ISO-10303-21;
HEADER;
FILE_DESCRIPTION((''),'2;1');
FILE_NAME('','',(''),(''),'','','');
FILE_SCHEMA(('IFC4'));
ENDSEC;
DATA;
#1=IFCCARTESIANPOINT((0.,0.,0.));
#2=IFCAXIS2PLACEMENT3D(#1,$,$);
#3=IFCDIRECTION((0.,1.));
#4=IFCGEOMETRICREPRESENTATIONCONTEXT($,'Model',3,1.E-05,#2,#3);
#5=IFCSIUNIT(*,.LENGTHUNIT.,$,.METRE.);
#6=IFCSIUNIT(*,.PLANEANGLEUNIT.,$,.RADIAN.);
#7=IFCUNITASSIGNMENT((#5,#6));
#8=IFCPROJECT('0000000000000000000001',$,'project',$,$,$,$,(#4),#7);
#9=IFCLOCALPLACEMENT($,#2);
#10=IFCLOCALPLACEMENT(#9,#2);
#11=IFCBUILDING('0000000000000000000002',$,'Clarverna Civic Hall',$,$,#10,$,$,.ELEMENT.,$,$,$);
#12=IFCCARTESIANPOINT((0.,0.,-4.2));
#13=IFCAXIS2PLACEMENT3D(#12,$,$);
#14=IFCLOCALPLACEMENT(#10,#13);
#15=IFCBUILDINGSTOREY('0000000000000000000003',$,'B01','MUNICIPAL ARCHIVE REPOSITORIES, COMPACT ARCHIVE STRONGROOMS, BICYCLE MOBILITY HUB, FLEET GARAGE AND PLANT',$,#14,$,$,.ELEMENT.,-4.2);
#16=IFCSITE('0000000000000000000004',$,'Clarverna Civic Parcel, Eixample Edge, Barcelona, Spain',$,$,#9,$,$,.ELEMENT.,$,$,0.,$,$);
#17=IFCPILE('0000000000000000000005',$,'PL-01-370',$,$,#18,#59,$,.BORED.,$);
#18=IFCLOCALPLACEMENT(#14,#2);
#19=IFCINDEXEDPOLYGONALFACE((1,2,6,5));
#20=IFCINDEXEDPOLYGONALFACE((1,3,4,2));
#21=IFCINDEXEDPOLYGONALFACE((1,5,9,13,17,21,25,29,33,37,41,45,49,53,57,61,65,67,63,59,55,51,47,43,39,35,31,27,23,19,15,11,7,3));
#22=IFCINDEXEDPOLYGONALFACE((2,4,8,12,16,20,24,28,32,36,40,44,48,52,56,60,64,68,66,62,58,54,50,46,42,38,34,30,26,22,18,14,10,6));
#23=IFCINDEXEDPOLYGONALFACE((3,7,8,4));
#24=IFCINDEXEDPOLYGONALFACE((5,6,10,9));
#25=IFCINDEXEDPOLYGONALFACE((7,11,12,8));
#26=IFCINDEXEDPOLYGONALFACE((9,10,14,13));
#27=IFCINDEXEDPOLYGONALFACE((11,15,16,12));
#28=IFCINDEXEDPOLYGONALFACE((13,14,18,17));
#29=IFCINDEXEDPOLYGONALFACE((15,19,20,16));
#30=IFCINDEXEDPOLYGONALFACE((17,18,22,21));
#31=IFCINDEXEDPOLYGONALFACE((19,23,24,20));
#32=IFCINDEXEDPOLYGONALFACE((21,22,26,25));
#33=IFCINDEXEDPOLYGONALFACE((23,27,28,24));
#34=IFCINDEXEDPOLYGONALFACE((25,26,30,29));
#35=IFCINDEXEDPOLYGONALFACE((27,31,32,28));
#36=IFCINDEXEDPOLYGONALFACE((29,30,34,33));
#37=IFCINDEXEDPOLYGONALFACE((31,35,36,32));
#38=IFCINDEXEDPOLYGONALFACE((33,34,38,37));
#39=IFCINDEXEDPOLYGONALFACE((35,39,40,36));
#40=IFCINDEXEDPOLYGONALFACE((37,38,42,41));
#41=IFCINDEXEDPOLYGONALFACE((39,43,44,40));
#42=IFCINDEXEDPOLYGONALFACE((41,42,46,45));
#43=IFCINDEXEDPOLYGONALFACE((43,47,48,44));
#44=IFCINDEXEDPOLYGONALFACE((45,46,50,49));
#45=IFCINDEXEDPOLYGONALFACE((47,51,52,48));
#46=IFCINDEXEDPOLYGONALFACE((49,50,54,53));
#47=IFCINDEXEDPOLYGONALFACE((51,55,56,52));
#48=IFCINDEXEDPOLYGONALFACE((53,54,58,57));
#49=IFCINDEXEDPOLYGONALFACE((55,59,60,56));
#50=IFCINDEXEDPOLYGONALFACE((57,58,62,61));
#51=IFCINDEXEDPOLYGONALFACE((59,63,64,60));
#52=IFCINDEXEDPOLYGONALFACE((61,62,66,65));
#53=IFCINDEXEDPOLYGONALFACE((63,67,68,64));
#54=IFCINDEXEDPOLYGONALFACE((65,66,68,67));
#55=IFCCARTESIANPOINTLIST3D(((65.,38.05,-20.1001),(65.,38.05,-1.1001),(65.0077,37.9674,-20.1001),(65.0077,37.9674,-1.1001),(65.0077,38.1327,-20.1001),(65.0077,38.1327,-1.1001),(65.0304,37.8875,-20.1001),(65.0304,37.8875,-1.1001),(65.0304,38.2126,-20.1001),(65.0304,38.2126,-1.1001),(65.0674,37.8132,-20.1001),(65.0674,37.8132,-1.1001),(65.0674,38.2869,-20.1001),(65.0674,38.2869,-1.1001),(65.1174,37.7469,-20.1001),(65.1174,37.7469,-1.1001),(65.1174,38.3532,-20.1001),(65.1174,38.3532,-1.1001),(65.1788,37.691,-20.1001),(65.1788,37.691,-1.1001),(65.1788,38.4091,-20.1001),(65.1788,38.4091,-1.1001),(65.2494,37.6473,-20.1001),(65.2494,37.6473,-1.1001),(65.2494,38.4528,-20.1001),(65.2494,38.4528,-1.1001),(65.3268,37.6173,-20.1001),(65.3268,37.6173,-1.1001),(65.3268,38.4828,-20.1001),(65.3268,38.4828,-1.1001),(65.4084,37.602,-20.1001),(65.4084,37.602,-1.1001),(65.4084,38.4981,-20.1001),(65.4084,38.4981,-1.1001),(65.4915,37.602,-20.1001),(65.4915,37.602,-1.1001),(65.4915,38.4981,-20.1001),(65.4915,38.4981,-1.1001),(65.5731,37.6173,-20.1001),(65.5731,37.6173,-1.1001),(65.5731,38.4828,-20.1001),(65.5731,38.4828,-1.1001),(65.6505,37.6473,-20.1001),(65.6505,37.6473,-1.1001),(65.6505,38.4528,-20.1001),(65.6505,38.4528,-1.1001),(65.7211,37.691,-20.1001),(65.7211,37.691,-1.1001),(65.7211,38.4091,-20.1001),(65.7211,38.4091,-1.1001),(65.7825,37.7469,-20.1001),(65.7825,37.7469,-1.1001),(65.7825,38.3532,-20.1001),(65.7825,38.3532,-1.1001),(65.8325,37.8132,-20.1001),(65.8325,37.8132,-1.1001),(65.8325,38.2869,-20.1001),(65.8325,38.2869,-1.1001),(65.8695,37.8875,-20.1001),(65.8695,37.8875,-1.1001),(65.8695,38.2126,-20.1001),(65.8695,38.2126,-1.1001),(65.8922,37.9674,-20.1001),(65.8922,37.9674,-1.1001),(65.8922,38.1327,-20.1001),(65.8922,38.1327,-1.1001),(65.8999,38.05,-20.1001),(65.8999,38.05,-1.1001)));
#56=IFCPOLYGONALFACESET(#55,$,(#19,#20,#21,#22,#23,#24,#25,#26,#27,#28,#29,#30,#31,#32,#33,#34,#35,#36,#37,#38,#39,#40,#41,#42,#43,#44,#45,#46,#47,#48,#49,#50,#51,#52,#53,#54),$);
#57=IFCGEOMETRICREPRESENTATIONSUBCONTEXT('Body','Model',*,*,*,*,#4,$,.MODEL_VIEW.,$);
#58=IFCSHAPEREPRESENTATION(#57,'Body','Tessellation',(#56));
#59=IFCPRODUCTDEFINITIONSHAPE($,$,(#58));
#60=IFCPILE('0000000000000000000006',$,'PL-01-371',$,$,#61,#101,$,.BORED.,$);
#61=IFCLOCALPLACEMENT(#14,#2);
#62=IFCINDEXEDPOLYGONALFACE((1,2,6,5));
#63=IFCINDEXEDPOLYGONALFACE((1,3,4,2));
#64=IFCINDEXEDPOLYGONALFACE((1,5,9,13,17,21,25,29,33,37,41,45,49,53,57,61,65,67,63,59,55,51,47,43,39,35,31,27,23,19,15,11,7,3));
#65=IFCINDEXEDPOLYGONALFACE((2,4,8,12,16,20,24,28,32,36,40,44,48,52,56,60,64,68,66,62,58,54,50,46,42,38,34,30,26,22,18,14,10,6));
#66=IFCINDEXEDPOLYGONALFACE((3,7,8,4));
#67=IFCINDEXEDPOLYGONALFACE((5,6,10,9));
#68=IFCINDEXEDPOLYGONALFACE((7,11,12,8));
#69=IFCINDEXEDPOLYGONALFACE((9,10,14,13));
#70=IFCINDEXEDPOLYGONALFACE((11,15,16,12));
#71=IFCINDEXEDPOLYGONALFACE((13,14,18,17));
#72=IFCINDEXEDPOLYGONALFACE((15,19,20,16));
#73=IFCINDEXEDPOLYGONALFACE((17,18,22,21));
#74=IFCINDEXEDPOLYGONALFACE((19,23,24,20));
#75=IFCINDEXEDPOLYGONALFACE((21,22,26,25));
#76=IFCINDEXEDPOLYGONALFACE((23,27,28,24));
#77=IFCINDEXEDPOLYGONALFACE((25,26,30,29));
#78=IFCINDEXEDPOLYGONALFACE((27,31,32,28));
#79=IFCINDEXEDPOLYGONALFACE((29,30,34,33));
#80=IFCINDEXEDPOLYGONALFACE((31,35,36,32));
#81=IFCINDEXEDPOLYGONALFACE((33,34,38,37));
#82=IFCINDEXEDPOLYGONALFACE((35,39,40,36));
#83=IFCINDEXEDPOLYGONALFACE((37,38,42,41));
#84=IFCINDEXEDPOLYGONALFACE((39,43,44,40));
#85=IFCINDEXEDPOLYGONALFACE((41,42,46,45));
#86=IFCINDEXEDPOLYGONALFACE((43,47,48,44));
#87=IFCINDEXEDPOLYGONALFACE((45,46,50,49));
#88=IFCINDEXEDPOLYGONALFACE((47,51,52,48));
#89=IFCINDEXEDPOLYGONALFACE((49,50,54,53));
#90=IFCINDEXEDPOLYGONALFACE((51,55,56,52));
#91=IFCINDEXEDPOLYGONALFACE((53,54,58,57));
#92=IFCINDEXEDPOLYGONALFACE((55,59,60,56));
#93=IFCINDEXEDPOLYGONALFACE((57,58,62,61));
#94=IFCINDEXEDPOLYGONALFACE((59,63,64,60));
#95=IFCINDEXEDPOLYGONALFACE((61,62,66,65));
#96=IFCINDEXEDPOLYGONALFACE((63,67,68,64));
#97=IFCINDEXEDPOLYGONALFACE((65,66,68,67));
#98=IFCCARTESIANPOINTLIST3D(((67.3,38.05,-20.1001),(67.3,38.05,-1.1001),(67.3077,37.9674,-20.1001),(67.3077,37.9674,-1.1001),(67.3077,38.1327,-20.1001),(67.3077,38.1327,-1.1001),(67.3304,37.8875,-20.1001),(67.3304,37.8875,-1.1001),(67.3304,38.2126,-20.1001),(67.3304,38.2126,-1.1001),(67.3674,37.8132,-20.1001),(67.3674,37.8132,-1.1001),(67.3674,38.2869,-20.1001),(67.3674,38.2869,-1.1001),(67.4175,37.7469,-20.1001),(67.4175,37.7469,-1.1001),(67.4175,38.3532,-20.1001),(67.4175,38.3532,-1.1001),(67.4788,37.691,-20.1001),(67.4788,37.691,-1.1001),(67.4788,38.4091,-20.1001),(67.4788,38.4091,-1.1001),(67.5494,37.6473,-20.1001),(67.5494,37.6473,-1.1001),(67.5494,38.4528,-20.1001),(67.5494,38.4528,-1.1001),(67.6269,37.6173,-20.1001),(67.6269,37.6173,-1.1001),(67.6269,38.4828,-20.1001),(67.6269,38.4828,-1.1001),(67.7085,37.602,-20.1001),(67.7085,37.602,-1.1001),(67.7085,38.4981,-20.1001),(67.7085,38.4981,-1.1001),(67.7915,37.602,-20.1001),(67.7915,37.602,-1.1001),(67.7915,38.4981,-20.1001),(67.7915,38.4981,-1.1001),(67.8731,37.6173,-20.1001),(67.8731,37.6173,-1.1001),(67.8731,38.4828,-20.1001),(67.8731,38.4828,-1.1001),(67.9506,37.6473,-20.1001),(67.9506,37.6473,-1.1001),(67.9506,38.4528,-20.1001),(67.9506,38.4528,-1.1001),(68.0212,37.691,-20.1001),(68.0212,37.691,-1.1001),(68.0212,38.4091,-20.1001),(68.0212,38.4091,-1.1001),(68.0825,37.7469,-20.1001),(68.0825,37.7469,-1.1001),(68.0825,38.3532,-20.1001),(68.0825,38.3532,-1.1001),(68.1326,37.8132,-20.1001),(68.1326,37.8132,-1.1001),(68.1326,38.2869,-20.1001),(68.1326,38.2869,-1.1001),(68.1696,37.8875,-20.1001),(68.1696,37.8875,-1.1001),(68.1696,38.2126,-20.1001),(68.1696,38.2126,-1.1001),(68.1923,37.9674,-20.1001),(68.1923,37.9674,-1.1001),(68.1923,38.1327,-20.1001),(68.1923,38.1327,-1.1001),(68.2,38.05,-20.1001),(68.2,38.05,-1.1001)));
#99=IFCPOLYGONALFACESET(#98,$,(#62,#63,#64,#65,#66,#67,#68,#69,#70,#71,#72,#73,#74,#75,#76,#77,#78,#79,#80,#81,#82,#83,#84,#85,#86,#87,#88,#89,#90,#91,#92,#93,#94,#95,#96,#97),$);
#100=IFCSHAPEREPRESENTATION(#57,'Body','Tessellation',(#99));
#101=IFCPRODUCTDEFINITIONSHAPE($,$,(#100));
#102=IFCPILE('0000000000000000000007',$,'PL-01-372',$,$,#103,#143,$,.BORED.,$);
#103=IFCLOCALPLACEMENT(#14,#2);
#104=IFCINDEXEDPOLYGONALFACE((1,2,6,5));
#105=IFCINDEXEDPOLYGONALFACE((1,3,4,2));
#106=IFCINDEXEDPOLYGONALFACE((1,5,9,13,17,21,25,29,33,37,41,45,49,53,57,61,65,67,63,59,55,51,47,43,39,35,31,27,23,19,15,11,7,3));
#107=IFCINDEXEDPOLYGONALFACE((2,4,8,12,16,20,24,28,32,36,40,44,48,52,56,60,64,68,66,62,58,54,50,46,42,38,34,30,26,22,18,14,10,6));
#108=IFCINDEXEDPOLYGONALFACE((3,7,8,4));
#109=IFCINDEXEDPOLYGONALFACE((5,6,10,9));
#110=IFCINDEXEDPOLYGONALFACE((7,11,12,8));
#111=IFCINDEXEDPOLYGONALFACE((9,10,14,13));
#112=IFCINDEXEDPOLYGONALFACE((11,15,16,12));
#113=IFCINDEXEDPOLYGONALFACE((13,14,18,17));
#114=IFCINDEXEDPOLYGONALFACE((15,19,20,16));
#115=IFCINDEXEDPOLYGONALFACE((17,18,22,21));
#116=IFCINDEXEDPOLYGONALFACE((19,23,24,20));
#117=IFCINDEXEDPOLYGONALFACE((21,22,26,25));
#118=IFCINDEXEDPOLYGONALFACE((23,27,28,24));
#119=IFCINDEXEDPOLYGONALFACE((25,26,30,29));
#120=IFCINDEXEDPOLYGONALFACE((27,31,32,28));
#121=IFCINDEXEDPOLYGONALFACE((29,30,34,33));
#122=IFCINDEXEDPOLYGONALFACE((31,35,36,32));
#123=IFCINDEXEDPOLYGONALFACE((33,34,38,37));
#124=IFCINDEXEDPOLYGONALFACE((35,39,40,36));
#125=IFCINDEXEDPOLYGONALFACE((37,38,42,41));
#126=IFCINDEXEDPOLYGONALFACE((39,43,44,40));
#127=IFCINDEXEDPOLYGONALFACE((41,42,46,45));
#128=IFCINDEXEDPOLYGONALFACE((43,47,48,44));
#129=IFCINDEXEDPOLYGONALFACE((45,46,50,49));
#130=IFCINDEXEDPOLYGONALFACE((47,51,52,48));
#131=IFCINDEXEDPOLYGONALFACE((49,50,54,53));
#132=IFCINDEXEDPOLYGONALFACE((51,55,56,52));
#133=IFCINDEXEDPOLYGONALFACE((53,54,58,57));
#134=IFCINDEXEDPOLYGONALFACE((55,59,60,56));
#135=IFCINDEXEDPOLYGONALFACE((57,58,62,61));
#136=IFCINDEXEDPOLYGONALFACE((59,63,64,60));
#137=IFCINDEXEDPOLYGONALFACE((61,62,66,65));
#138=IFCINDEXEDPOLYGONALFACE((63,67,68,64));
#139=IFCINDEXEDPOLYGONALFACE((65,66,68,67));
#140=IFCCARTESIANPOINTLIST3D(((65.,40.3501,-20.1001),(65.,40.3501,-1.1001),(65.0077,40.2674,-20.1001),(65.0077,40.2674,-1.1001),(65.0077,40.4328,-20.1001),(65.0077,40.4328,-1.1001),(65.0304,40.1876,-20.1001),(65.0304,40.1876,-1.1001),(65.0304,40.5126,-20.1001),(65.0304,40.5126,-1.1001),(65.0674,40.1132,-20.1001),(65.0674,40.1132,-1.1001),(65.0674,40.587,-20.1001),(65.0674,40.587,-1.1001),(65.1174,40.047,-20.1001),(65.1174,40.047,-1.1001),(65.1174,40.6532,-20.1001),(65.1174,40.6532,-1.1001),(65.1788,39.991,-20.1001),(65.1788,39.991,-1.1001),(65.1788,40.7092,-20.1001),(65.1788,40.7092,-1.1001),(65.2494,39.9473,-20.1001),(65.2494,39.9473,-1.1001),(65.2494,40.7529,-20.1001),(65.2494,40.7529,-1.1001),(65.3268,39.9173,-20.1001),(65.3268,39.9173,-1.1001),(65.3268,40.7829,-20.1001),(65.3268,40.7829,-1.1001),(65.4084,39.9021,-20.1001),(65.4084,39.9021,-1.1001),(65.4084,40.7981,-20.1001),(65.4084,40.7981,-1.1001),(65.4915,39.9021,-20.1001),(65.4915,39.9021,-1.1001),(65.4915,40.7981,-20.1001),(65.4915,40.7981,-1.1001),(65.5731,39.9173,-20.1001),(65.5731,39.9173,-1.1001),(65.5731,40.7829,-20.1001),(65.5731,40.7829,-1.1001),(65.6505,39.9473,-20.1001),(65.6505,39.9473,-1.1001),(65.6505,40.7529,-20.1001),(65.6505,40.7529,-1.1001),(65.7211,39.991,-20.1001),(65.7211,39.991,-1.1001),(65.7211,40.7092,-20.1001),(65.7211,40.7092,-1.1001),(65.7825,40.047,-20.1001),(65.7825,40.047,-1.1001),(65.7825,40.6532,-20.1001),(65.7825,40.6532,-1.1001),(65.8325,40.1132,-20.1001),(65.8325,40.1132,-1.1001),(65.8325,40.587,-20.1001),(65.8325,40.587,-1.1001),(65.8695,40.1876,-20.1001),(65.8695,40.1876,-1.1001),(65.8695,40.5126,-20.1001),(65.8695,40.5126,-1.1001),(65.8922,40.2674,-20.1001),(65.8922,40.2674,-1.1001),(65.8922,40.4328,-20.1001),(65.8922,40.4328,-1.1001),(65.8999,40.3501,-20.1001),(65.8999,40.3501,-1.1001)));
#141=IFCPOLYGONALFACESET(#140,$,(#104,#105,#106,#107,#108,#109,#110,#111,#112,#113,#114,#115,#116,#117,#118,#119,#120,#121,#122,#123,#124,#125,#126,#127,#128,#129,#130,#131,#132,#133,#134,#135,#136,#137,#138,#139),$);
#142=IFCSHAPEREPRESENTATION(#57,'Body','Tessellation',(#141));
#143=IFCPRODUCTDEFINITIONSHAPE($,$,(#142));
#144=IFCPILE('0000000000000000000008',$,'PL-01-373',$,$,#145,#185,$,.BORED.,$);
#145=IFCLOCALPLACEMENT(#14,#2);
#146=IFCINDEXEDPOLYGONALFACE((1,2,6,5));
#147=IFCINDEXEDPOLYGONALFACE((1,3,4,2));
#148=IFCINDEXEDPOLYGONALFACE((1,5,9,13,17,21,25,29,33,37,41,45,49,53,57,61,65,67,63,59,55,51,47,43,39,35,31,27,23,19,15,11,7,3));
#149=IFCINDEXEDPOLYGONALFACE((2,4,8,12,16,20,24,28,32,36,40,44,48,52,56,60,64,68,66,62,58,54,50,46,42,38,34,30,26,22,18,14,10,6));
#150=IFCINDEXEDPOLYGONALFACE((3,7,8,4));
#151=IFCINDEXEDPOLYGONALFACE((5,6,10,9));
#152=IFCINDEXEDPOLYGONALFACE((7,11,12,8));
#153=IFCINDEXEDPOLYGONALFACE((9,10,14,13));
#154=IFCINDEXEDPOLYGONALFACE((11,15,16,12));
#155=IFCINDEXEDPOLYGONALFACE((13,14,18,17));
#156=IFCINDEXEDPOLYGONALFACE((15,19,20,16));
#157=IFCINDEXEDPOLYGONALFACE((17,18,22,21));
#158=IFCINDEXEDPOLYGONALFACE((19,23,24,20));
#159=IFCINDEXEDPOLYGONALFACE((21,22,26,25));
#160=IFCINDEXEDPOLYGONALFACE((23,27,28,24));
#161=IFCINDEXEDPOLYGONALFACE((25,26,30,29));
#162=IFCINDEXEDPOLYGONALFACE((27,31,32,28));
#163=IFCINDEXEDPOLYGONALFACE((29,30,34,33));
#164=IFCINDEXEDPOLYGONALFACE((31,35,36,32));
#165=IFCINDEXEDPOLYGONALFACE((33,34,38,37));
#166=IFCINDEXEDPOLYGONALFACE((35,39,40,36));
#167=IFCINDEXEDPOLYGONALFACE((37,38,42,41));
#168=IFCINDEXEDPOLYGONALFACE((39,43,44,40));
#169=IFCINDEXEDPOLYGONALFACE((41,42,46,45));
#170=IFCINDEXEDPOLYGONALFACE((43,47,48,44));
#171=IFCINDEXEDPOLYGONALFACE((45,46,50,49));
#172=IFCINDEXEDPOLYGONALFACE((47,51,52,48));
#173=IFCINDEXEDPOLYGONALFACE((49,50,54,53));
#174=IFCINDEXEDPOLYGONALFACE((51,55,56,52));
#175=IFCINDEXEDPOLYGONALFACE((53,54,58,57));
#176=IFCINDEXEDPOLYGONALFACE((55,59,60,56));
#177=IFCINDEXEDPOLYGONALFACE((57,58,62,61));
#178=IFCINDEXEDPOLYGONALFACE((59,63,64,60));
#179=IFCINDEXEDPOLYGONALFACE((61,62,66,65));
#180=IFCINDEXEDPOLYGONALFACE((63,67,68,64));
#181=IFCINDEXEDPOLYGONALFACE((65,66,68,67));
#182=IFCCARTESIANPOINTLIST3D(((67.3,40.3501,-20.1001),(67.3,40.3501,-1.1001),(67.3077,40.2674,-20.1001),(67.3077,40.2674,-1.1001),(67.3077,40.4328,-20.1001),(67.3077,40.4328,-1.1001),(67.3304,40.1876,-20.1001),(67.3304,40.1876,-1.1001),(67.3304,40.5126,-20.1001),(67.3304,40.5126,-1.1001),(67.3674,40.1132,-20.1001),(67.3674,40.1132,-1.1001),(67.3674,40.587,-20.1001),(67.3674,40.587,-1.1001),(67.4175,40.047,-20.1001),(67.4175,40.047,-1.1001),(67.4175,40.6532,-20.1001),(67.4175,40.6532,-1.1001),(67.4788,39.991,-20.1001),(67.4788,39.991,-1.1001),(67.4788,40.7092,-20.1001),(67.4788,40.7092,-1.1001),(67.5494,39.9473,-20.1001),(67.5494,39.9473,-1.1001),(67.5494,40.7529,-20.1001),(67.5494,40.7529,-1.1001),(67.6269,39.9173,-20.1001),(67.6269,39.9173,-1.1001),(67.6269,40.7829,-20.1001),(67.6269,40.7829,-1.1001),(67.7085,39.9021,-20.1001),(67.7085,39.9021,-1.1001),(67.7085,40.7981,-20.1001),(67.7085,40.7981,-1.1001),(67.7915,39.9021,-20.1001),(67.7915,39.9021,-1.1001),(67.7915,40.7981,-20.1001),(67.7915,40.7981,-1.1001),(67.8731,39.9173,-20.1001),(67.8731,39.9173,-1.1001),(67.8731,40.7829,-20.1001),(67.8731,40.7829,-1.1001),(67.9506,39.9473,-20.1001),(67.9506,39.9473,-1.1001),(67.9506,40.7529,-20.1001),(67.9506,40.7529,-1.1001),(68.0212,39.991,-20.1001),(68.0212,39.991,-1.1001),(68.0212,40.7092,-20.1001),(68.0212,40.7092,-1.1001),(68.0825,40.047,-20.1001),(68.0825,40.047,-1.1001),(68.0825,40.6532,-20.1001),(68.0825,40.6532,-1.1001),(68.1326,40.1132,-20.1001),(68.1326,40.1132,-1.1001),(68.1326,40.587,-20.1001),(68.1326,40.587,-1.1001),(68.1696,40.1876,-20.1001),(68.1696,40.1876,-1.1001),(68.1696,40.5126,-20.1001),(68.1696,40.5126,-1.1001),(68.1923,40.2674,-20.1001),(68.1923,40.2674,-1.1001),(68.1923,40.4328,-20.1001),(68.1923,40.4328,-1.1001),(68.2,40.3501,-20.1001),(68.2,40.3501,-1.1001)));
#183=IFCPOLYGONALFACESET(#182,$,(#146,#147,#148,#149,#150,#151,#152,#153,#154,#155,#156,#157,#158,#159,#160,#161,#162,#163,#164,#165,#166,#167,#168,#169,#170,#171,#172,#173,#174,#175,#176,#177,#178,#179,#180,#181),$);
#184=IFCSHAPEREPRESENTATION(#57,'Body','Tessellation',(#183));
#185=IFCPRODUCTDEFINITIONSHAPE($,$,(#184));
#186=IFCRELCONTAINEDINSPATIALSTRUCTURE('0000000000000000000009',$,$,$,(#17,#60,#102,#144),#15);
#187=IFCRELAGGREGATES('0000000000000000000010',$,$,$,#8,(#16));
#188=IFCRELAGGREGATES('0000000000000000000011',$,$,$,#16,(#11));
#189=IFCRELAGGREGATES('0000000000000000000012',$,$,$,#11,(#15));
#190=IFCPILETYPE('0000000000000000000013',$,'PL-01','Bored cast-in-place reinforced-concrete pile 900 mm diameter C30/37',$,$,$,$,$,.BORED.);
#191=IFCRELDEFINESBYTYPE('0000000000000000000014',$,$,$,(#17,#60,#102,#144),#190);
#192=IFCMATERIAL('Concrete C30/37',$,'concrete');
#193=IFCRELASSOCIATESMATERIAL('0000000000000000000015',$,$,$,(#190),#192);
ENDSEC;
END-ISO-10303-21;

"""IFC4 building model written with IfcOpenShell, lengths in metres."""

from ifc_helpers import new_model, si_unit, direction, frame, origin, origin_2d, place, context, subcontext, project, spatial, circle, extrude, material, material_profile, profile_set, type_object, element, save


model = new_model("IFC4")

# Units and contexts
model_context = context("Model", 3, precision=1e-05, world=origin(), true_north=direction((0.0, 1.0)))
body_context = subcontext(model_context, "Body", "Model", "MODEL_VIEW")
ifc_project = project(units=[si_unit("LENGTHUNIT", "METRE"), si_unit("PLANEANGLEUNIT", "RADIAN")], contexts=[model_context])

# Site, building, storey
site_placement = place(None, origin())
site = spatial("IfcSite", under=ifc_project, at=site_placement, Name="Clarverna Civic Parcel, Eixample Edge, Barcelona, Spain", CompositionType="ELEMENT", RefElevation=0.0)
building_placement = place(site_placement, origin())
building = spatial("IfcBuilding", under=site, at=building_placement, Name="Clarverna Civic Hall", CompositionType="ELEMENT")
storey_placement = place(building_placement, frame((0.0, 0.0, -4.2)))
storey = spatial("IfcBuildingStorey", under=building, at=storey_placement, Name="B01", Description="MUNICIPAL ARCHIVE REPOSITORIES, COMPACT ARCHIVE STRONGROOMS, BICYCLE MOBILITY HUB, FLEET GARAGE AND PLANT", CompositionType="ELEMENT", Elevation=-4.2)

# Shared definitions
ifc_material_1 = material(Name="Concrete C30/37", Category="concrete")

# Piles
ifc_material_profile_1 = material_profile(ifc_material_1, circle(Radius=0.45, at=origin_2d()), Name="BORED PILE D900")
ifc_profile_set_1 = profile_set([ifc_material_profile_1], Name="Concrete C30/37")
pile_type_1 = type_object("IfcPileType", Name="PL-01", Description="Bored cast-in-place reinforced-concrete pile 900 mm diameter C30/37", PredefinedType="BORED", material=ifc_profile_set_1)
for number, where, z_axis, x_axis, name in (
    (1, (65.45, 38.05, -1.1001), (0.0, 0.0, -1.0), (1.0, 0.0, 0.0), "PL-01-370"),
    (2, (67.75, 38.05, -1.1001), (0.0, 0.0, -1.0), (1.0, 0.0, 0.0), "PL-01-371"),
    (3, (65.45, 40.3501, -1.1001), (0.0, 0.0, -1.0), (1.0, 0.0, 0.0), "PL-01-372"),
    (4, (67.75, 40.3501, -1.1001), (0.0, 0.0, -1.0), (1.0, 0.0, 0.0), "PL-01-373"),
):
    element("IfcPile", number, at=place(storey_placement, frame(where, z_axis=z_axis, x_axis=x_axis)), inside=storey, type_object=pile_type_1, Name=name, PredefinedType="BORED", context=body_context, shape_type="SweptSolid", body=[
        extrude(circle(Radius=0.45, at=origin_2d()), origin(), (0.0, 0.0, 1.0), 19.0),
    ])

save(model, "model.ifc")
